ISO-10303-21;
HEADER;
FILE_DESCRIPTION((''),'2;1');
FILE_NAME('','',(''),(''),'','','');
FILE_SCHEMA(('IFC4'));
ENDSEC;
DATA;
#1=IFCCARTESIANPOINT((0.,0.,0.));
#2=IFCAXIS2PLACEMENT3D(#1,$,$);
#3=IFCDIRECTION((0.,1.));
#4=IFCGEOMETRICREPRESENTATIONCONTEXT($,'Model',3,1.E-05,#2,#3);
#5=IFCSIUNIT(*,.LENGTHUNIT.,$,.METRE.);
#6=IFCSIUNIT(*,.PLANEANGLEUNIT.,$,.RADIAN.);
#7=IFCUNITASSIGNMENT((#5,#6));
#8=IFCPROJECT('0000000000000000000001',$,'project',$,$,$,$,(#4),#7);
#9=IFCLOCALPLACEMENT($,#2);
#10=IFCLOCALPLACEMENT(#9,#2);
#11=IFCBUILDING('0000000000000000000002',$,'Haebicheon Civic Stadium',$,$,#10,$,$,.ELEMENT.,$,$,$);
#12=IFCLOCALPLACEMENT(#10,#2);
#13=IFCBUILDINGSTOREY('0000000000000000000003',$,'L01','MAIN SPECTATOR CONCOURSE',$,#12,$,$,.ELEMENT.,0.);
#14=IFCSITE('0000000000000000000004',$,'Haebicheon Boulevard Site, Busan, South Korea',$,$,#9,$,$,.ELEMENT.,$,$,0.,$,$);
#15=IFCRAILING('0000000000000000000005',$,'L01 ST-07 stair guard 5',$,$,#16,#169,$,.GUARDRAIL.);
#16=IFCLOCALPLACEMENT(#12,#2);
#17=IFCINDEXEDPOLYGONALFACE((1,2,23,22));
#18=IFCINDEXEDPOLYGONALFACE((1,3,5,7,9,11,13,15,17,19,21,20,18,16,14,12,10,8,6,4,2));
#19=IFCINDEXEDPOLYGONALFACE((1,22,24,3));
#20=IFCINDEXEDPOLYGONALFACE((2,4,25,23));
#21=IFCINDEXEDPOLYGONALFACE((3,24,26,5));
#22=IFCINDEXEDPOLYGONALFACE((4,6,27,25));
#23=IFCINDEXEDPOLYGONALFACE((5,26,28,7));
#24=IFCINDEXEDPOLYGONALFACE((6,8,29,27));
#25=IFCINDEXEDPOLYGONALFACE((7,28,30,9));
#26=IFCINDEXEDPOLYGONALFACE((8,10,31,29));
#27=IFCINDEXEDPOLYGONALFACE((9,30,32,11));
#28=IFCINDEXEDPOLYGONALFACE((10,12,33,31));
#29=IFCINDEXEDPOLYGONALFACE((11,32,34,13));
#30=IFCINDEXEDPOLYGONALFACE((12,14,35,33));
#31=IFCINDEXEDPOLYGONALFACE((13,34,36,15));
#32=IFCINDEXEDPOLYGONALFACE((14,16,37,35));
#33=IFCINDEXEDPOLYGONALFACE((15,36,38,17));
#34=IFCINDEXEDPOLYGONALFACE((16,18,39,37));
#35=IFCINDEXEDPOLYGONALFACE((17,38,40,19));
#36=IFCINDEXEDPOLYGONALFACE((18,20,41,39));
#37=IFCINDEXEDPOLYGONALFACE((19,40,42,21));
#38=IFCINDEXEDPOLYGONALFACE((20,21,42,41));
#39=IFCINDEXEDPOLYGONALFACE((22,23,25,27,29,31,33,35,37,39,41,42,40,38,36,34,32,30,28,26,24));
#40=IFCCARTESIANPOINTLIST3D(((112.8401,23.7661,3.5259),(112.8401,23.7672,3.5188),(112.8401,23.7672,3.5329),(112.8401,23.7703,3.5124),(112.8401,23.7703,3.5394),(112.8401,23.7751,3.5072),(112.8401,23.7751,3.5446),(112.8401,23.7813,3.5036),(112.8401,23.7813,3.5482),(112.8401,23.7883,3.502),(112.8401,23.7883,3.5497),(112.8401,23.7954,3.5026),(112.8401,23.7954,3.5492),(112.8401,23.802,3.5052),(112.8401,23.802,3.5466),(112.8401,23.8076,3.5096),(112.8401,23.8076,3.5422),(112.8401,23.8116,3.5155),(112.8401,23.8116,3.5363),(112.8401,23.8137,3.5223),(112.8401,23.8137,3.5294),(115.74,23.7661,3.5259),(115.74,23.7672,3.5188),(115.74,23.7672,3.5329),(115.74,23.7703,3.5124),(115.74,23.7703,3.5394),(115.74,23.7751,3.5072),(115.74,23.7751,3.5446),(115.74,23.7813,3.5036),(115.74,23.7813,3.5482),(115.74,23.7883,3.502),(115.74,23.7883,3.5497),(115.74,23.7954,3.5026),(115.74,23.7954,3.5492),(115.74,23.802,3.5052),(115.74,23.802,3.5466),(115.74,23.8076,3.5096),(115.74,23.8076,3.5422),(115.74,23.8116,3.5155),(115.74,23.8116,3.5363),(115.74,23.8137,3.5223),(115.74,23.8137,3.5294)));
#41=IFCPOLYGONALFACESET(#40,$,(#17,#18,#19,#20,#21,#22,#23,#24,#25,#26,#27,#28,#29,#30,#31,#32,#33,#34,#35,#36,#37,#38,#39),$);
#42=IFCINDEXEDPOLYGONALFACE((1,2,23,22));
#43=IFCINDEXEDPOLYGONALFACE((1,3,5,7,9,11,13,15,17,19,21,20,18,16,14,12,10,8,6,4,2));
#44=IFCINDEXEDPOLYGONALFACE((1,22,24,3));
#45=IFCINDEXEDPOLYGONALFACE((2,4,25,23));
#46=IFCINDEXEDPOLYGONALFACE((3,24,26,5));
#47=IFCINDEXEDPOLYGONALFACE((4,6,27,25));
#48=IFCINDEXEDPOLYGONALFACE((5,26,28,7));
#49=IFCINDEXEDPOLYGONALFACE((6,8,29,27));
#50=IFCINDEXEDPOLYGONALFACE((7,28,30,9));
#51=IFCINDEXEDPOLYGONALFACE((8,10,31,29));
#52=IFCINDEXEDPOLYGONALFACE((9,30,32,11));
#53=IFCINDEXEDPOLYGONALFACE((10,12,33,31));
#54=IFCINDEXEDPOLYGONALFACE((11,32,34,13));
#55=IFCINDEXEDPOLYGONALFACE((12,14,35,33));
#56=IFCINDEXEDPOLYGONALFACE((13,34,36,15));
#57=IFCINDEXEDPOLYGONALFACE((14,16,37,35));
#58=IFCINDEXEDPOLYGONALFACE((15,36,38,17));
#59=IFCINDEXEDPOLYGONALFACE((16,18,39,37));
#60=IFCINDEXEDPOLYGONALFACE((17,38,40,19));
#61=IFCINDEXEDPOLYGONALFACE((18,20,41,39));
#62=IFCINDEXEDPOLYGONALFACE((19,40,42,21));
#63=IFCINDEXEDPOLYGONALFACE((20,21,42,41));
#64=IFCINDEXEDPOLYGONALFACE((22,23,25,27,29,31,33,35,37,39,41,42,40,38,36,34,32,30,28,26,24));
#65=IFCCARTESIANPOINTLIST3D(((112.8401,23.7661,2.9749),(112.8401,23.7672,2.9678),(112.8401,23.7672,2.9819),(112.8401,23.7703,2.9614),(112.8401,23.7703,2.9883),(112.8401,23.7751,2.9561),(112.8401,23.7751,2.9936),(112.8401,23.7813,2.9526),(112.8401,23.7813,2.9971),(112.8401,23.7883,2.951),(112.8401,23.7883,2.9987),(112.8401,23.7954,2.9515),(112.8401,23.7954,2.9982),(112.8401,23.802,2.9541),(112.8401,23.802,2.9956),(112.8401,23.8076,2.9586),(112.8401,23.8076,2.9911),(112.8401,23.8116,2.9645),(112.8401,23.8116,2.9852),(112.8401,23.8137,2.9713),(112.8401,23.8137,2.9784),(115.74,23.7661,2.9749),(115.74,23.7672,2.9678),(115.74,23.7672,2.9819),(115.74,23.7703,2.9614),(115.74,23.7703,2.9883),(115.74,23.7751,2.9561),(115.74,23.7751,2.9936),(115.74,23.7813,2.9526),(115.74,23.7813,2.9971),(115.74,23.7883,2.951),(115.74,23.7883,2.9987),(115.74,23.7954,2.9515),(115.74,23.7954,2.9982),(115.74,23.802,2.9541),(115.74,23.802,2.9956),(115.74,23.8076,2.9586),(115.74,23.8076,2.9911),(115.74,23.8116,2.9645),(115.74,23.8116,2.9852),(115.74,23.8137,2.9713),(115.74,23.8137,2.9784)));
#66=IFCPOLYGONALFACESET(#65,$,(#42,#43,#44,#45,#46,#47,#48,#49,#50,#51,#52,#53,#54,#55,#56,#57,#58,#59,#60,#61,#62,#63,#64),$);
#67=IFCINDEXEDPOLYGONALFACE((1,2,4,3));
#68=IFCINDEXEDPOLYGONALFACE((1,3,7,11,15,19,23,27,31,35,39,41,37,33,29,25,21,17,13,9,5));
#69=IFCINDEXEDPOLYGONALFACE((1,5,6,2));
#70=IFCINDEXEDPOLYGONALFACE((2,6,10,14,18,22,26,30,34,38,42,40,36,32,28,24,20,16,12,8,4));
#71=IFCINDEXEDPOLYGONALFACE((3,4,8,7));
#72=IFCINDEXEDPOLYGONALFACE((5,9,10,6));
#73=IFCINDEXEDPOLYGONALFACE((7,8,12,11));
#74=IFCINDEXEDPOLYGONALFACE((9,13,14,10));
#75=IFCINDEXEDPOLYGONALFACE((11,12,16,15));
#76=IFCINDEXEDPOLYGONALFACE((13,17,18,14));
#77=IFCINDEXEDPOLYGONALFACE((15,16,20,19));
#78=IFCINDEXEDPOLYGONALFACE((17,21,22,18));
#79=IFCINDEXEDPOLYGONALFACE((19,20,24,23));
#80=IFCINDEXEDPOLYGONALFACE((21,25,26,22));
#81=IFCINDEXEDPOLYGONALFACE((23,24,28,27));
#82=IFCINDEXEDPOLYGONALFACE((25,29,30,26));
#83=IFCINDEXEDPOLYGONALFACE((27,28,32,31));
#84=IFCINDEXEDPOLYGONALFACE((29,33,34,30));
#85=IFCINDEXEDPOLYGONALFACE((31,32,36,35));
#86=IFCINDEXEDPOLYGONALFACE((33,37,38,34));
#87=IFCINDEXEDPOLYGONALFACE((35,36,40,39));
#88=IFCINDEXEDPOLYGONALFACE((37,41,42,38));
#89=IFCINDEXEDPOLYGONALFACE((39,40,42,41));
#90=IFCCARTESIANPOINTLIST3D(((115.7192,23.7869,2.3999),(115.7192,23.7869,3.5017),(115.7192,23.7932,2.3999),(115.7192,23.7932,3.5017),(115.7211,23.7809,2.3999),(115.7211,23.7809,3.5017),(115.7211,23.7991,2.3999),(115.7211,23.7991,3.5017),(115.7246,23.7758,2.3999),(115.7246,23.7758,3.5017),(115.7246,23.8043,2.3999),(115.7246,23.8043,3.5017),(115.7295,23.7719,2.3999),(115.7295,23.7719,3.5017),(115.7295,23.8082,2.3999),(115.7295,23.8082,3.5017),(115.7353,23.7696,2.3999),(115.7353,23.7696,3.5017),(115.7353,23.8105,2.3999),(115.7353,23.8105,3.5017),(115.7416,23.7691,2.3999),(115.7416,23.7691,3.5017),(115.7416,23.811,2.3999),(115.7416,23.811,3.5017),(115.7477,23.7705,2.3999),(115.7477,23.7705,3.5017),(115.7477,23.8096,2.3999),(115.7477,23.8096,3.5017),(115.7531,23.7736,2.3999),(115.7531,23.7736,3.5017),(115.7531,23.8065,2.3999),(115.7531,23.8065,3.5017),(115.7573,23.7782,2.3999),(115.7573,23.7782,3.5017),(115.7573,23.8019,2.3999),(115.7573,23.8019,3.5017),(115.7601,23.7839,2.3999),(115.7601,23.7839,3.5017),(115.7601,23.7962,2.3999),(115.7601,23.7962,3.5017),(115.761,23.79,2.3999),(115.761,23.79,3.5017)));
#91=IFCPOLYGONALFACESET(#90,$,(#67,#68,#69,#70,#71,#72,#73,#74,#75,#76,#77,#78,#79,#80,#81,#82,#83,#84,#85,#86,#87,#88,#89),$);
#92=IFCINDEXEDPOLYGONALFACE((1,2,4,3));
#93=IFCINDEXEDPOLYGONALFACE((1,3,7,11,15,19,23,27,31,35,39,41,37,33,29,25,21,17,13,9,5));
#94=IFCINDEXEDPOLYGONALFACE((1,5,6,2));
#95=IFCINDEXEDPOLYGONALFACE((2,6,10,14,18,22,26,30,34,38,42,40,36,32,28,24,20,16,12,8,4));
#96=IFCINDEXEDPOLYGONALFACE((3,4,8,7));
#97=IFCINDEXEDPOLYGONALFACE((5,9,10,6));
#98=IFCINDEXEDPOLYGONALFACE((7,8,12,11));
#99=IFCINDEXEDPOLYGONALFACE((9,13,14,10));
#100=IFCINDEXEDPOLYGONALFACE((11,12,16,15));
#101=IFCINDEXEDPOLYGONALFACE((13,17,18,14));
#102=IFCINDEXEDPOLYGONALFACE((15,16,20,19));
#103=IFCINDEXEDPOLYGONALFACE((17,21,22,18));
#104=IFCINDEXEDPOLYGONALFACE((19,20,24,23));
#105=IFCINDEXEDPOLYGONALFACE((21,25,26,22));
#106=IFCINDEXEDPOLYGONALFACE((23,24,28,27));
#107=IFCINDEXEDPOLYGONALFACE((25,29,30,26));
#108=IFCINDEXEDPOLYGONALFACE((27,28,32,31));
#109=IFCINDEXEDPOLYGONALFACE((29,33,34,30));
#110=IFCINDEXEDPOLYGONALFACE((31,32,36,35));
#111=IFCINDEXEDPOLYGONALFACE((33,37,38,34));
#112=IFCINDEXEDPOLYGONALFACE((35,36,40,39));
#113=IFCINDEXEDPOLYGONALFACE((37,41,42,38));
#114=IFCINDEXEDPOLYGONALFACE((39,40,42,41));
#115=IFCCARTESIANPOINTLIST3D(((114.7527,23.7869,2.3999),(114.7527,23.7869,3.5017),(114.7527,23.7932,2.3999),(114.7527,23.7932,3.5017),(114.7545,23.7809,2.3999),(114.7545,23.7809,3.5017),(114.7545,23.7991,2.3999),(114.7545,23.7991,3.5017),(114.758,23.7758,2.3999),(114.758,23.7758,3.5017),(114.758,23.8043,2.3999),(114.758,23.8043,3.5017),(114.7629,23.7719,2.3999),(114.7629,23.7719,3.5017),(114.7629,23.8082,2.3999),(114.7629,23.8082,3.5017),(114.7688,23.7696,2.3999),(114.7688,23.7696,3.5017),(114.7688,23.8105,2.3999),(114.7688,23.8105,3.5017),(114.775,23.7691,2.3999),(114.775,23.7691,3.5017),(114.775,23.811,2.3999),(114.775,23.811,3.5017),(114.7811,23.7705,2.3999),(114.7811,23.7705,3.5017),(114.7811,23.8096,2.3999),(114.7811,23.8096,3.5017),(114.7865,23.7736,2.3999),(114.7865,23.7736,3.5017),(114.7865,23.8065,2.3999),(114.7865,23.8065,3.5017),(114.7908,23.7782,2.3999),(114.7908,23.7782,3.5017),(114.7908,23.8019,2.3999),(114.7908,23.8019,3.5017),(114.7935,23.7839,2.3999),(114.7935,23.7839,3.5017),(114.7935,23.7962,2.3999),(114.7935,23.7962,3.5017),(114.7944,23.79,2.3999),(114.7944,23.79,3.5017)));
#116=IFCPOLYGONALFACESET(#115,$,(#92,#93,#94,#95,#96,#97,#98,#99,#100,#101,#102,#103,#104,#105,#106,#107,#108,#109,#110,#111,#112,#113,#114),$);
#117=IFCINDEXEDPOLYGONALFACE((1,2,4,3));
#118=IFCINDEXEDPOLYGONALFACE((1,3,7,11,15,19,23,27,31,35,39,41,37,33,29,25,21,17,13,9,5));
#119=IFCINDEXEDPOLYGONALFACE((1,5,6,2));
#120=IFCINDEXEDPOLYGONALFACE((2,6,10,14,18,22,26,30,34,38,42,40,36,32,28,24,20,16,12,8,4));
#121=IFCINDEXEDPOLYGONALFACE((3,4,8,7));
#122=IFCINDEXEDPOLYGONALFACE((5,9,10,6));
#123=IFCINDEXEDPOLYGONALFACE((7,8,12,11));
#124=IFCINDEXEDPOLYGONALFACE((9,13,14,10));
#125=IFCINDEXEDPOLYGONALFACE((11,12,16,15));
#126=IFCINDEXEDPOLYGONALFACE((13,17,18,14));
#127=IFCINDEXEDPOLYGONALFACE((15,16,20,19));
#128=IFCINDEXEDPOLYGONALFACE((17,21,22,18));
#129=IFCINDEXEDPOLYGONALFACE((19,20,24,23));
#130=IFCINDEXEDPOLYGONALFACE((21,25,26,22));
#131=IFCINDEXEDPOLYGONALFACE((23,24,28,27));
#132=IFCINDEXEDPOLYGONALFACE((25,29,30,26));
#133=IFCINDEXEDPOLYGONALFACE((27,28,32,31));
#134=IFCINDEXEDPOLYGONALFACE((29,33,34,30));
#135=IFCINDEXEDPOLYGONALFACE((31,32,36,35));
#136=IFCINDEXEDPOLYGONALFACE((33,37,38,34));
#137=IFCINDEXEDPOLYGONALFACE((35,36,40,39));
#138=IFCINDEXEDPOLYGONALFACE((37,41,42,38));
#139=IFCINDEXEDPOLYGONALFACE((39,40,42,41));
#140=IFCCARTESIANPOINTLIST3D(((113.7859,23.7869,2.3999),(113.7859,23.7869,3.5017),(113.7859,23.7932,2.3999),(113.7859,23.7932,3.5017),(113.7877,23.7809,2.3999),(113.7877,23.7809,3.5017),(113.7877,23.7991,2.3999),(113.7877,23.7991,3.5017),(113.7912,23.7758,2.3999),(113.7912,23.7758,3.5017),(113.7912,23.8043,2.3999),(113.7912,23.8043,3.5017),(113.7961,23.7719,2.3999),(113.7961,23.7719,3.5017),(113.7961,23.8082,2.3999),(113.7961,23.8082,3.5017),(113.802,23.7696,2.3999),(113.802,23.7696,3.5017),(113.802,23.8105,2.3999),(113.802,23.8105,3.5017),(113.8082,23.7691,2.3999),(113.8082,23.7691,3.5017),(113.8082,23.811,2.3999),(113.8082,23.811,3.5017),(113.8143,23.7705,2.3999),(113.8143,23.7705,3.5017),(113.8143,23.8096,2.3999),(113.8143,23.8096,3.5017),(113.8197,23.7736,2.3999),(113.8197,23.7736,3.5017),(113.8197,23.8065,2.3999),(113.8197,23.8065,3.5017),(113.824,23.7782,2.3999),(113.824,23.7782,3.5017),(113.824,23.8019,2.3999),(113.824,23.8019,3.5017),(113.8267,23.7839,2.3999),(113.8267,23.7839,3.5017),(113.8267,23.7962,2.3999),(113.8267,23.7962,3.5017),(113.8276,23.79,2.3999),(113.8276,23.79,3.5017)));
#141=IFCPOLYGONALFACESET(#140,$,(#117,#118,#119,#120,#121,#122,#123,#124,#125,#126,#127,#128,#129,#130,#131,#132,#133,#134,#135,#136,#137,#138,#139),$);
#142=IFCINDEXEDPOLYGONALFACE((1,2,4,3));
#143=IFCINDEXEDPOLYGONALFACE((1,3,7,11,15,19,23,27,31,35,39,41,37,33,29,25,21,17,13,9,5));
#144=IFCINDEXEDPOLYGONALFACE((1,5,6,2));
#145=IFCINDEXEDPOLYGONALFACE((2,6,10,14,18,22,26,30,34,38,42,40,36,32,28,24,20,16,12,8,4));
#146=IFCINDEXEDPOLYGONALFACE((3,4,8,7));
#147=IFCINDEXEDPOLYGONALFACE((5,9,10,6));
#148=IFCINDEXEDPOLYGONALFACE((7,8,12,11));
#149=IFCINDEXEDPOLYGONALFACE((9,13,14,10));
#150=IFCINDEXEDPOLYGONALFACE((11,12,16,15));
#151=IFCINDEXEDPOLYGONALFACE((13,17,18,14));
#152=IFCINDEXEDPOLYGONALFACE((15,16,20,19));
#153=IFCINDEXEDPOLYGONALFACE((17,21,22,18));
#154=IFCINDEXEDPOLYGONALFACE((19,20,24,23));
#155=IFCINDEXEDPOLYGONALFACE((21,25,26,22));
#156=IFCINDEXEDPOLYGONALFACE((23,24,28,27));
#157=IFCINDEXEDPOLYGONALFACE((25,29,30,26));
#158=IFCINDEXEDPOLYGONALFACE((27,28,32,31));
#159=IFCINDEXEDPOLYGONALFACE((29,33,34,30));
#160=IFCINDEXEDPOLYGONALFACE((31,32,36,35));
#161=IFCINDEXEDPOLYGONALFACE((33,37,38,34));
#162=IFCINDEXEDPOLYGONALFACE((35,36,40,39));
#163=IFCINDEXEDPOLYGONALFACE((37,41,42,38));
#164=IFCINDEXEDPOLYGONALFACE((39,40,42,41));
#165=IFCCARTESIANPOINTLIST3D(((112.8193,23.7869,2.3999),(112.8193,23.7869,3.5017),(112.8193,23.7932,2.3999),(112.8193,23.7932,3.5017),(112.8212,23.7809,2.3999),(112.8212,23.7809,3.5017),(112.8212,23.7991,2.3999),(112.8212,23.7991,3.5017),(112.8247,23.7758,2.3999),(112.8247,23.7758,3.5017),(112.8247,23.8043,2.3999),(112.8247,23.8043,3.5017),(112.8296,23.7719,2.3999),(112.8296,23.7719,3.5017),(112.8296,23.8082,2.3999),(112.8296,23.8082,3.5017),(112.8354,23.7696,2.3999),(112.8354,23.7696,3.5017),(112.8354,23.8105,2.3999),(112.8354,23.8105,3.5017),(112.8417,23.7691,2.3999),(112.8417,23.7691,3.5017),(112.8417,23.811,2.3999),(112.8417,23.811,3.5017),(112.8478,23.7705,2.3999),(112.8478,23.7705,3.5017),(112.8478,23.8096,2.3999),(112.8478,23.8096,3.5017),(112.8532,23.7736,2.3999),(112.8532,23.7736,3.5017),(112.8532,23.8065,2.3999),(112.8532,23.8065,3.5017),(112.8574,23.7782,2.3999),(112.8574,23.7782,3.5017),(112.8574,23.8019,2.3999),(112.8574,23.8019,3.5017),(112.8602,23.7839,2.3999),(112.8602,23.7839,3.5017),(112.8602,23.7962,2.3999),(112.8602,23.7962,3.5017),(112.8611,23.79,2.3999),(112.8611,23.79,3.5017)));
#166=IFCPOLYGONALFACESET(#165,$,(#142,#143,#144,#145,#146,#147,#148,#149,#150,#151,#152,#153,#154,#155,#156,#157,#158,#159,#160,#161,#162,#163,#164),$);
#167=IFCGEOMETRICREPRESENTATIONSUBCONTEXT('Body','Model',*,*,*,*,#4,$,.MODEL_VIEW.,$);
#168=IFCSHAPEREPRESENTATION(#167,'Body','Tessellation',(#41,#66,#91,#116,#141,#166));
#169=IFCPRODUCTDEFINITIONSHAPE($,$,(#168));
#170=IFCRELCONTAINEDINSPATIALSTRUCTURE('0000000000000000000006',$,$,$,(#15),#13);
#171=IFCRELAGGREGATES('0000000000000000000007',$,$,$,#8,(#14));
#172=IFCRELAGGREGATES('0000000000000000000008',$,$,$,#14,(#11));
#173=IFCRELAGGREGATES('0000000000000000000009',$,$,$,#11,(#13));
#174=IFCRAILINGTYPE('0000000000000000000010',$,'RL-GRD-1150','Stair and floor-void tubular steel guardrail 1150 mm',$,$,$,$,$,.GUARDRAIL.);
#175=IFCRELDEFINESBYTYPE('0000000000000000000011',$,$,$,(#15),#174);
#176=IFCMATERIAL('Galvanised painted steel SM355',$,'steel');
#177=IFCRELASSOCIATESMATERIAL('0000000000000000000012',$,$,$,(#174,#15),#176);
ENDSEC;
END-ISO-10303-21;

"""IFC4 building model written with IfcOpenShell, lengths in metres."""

from ifc_helpers import new_model, si_unit, direction, frame, origin, origin_2d, place, context, subcontext, project, spatial, circle, extrude, material, type_object, element, save


model = new_model("IFC4")

# Units and contexts
model_context = context("Model", 3, precision=1e-05, world=origin(), true_north=direction((0.0, 1.0)))
body_context = subcontext(model_context, "Body", "Model", "MODEL_VIEW")
ifc_project = project(units=[si_unit("LENGTHUNIT", "METRE"), si_unit("PLANEANGLEUNIT", "RADIAN")], contexts=[model_context])

# Site, building, storey
site_placement = place(None, origin())
site = spatial("IfcSite", under=ifc_project, at=site_placement, Name="Haebicheon Boulevard Site, Busan, South Korea", CompositionType="ELEMENT", RefElevation=0.0)
building_placement = place(site_placement, origin())
building = spatial("IfcBuilding", under=site, at=building_placement, Name="Haebicheon Civic Stadium", CompositionType="ELEMENT")
storey_placement = place(building_placement, origin())
storey = spatial("IfcBuildingStorey", under=building, at=storey_placement, Name="L01", Description="MAIN SPECTATOR CONCOURSE", CompositionType="ELEMENT", Elevation=0.0)

# Railing
ifc_material_1 = material(Name="Galvanised painted steel SM355", Category="steel")
railing_type_1 = type_object("IfcRailingType", Name="RL-GRD-1150", Description="Stair and floor-void tubular steel guardrail 1150 mm", PredefinedType="GUARDRAIL", material=ifc_material_1)
railing_1_placement = place(storey_placement, frame((115.74, 23.79, 2.3999)))
element("IfcRailing", 1, at=railing_1_placement, inside=storey, type_object=railing_type_1, material=ifc_material_1, Name="L01 ST-07 stair guard 5", PredefinedType="GUARDRAIL", context=body_context, shape_type="SweptSolid", body=[
    extrude(circle(Radius=0.0239, at=origin_2d()), frame((0.0, 0.0, 1.126), z_axis=(-1.0, 0.0, 0.0), x_axis=(0.0, -1.0, 0.0)), (0.0, 0.0, 1.0), 2.8999),
    extrude(circle(Radius=0.0239, at=origin_2d()), frame((0.0, 0.0, 0.575), z_axis=(-1.0, 0.0, 0.0), x_axis=(0.0, -1.0, 0.0)), (0.0, 0.0, 1.0), 2.8999),
    extrude(circle(Radius=0.021, at=origin_2d()), origin(), (0.0, 0.0, 1.0), 1.1018),
    extrude(circle(Radius=0.021, at=origin_2d()), frame((-0.9666, 0.0, 0.0)), (0.0, 0.0, 1.0), 1.1018),
    extrude(circle(Radius=0.021, at=origin_2d()), frame((-1.9333, 0.0, 0.0)), (0.0, 0.0, 1.0), 1.1018),
    extrude(circle(Radius=0.021, at=origin_2d()), frame((-2.8999, 0.0, 0.0)), (0.0, 0.0, 1.0), 1.1018),
])

save(model, "model.ifc")
